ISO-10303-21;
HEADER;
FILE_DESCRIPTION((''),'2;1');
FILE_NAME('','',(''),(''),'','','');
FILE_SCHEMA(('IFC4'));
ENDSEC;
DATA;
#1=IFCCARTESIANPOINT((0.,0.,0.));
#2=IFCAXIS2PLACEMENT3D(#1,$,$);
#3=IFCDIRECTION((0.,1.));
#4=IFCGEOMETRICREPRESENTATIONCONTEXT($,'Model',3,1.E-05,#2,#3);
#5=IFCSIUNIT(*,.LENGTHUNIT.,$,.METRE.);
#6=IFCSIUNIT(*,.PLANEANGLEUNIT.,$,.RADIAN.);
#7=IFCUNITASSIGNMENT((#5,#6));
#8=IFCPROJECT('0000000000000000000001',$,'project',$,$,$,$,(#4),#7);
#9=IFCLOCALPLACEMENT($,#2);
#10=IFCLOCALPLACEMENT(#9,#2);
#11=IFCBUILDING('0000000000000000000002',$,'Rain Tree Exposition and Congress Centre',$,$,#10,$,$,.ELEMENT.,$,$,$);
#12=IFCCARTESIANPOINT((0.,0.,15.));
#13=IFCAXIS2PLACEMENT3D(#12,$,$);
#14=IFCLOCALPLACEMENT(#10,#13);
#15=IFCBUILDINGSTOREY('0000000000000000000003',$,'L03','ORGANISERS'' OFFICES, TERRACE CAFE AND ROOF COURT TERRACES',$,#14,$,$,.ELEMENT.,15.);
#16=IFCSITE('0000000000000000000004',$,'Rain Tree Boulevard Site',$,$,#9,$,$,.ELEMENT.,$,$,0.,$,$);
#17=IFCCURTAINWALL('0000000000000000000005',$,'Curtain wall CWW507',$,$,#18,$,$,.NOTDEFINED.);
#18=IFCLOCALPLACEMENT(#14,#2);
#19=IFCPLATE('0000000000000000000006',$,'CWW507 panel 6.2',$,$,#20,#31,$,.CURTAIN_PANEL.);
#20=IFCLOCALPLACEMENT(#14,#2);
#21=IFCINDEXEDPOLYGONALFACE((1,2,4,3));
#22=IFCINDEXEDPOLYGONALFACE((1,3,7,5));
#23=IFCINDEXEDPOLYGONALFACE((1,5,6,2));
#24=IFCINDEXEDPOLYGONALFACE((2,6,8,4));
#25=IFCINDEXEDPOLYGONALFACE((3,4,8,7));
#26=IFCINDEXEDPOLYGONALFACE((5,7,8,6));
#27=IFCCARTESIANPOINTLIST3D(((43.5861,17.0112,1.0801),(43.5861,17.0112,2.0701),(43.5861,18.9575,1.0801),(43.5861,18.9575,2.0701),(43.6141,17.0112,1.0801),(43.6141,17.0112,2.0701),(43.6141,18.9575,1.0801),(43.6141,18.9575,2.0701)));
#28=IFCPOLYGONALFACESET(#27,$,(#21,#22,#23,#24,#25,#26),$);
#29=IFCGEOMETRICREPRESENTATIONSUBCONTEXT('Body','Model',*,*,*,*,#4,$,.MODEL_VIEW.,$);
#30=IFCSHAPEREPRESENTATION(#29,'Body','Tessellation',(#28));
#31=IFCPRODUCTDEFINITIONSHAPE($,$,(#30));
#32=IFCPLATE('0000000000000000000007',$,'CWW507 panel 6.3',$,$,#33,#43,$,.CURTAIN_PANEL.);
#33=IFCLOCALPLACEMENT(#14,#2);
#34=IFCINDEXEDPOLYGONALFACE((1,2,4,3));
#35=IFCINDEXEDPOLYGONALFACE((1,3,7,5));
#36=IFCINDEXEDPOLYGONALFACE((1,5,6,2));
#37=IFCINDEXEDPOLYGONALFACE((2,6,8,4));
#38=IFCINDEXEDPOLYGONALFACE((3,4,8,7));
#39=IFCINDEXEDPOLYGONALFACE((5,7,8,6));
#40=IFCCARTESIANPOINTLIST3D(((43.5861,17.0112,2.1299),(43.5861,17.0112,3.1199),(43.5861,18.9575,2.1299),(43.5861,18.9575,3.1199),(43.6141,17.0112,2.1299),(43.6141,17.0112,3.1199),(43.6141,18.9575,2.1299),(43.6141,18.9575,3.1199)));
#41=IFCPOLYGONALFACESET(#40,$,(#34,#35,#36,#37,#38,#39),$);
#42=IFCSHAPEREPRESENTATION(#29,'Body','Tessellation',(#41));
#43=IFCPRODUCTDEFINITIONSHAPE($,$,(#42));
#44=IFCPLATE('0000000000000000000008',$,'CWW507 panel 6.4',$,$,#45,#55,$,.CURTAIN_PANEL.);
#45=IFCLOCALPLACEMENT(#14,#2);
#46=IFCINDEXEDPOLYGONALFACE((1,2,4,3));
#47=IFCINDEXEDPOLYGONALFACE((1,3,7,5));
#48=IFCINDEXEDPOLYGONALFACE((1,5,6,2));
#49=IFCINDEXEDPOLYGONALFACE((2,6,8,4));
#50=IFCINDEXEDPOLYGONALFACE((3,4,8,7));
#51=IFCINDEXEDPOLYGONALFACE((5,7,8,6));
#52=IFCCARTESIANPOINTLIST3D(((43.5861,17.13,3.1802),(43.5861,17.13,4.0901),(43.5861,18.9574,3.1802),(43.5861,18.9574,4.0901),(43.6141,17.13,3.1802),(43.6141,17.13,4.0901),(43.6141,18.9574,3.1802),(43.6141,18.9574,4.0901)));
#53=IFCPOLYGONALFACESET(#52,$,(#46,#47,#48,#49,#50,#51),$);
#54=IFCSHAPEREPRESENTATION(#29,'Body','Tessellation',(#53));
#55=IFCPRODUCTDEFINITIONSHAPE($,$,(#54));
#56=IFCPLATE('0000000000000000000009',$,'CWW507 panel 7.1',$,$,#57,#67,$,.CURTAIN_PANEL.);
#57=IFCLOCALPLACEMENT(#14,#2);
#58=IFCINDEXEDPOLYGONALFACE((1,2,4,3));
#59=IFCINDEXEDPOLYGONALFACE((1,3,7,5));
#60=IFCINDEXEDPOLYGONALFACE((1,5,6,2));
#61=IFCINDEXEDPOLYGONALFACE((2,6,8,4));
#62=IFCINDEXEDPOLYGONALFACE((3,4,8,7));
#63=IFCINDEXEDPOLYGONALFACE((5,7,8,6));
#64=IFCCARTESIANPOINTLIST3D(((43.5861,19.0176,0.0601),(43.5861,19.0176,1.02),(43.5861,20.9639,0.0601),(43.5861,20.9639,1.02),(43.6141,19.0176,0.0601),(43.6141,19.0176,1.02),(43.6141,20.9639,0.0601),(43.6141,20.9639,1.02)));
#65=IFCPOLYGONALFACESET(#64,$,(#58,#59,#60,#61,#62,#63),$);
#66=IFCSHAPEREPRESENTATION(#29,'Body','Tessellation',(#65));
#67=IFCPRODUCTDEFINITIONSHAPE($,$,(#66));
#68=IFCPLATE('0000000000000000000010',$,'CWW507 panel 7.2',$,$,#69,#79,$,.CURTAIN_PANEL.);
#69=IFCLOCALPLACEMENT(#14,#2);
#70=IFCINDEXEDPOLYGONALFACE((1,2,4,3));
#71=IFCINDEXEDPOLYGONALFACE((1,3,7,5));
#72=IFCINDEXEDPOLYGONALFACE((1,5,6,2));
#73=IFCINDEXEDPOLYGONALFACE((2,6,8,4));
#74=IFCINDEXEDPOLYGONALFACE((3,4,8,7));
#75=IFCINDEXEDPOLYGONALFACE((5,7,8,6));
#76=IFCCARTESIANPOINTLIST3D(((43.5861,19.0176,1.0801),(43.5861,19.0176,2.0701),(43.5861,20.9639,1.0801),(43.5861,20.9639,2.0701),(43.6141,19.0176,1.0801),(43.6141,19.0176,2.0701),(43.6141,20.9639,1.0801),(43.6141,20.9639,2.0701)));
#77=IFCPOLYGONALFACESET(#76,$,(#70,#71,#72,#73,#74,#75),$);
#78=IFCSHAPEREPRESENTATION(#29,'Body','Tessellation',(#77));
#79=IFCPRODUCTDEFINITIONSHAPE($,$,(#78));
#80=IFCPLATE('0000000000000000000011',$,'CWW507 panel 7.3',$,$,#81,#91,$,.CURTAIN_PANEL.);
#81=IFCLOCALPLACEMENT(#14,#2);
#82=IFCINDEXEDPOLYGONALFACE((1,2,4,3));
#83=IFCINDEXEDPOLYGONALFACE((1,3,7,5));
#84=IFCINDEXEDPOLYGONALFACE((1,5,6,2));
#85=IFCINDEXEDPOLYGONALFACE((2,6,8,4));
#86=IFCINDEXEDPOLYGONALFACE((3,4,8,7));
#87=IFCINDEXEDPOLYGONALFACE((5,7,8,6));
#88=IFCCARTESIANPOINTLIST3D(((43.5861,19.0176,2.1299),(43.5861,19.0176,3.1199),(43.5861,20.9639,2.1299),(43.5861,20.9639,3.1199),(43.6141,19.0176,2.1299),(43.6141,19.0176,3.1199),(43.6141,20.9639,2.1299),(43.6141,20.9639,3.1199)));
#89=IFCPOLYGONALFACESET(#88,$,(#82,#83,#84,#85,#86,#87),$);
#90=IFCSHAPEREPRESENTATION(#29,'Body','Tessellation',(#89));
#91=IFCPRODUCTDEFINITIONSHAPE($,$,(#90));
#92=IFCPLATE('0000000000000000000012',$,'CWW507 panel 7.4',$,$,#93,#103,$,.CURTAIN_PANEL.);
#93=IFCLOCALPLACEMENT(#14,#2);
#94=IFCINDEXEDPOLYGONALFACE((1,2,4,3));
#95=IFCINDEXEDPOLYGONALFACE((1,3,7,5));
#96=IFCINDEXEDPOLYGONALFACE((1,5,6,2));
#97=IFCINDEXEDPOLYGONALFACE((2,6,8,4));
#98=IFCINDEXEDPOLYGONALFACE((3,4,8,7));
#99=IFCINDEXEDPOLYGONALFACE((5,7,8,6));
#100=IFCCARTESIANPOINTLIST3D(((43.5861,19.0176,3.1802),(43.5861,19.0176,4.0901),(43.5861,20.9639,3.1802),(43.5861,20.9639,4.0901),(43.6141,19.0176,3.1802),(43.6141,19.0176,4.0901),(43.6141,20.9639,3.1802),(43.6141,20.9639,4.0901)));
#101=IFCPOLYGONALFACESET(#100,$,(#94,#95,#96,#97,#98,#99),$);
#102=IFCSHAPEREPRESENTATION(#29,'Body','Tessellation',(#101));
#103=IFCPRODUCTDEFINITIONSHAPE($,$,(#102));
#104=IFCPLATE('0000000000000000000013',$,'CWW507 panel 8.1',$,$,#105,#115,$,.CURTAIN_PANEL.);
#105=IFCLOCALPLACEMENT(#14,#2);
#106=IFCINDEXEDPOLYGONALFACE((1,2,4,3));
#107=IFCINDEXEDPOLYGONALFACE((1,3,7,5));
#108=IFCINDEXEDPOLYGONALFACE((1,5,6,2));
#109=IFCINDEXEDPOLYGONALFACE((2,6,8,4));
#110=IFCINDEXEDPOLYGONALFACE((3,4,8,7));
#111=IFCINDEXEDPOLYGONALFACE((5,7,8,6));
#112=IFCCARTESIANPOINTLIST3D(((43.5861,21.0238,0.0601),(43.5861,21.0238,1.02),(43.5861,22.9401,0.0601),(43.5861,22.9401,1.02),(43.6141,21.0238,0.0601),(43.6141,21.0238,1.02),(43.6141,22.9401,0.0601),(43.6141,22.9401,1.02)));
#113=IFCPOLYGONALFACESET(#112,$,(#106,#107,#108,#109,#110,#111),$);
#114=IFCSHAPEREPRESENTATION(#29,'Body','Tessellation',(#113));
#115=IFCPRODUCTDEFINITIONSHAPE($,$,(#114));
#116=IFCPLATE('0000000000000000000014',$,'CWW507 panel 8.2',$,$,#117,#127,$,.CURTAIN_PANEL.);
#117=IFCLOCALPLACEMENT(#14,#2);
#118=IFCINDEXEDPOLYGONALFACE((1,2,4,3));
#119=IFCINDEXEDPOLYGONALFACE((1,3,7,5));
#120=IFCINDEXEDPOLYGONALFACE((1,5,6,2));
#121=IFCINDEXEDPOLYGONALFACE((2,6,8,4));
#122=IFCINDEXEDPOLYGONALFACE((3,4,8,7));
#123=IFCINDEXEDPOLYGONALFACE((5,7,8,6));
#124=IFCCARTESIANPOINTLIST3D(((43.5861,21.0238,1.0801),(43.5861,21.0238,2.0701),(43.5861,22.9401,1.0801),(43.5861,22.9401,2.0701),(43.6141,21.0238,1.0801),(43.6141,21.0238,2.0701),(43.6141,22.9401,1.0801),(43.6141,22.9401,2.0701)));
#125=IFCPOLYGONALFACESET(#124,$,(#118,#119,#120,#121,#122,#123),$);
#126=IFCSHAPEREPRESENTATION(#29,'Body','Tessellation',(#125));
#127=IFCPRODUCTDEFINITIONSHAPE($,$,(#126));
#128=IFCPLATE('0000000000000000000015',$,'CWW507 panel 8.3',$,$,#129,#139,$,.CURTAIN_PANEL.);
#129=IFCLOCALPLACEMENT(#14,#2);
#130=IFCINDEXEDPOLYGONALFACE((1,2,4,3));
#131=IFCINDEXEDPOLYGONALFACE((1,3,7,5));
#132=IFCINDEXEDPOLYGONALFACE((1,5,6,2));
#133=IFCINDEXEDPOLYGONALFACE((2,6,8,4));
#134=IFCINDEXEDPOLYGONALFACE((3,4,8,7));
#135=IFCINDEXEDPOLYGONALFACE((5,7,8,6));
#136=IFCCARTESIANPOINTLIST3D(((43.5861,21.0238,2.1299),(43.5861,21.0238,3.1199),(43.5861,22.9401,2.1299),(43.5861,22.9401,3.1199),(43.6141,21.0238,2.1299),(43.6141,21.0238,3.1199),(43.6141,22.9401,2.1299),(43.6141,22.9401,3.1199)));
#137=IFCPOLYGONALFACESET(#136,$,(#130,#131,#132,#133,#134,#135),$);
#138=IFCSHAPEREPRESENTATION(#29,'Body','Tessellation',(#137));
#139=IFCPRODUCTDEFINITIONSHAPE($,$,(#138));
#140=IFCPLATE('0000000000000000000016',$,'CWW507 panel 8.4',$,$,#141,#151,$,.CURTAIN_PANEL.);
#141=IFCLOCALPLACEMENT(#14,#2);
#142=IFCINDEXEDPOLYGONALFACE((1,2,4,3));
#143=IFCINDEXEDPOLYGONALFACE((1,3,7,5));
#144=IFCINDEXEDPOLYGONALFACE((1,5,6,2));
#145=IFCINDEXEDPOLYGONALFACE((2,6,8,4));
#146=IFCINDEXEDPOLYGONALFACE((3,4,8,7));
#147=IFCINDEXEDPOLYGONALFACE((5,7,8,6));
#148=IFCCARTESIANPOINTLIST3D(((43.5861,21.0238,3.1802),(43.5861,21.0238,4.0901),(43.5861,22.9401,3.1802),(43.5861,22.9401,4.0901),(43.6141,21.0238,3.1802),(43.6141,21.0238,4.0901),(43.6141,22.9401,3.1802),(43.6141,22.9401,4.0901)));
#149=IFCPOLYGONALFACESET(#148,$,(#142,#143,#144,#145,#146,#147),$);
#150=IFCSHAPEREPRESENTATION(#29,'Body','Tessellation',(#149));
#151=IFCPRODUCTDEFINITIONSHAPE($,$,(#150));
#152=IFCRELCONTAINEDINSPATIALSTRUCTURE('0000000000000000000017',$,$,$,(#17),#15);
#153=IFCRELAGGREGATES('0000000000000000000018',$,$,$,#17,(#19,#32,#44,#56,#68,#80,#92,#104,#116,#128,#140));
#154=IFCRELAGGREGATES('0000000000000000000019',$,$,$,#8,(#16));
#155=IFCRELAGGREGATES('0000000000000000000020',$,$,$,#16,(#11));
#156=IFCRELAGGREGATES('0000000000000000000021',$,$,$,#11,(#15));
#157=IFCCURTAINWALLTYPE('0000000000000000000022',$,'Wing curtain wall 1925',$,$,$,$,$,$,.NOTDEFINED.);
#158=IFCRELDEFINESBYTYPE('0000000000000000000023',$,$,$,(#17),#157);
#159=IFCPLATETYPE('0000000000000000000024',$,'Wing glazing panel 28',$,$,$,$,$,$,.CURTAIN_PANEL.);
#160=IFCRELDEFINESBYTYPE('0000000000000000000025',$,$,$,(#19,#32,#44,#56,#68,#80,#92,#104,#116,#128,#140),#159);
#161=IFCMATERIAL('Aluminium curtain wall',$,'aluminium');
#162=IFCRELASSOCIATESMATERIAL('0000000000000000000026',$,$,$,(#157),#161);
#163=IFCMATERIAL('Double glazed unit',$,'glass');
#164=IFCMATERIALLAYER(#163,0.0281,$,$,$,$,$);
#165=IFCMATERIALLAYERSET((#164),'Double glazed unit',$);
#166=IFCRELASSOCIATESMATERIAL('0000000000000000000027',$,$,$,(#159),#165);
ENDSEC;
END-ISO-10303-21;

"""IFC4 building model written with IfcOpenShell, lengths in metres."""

from ifc_helpers import new_model, si_unit, direction, frame, origin, origin_2d, place, context, subcontext, project, spatial, rectangle, extrude, material, layer, layer_set, type_object, element, aggregate, save


model = new_model("IFC4")

# Units and contexts
model_context = context("Model", 3, precision=1e-05, world=origin(), true_north=direction((0.0, 1.0)))
body_context = subcontext(model_context, "Body", "Model", "MODEL_VIEW")
ifc_project = project(units=[si_unit("LENGTHUNIT", "METRE"), si_unit("PLANEANGLEUNIT", "RADIAN")], contexts=[model_context])

# Site, building, storey
site_placement = place(None, origin())
site = spatial("IfcSite", under=ifc_project, at=site_placement, Name="Rain Tree Boulevard Site", CompositionType="ELEMENT", RefElevation=0.0)
building_placement = place(site_placement, origin())
building = spatial("IfcBuilding", under=site, at=building_placement, Name="Rain Tree Exposition and Congress Centre", CompositionType="ELEMENT")
storey_placement = place(building_placement, frame((0.0, 0.0, 15.0)))
storey = spatial("IfcBuildingStorey", under=building, at=storey_placement, Name="L03", Description="ORGANISERS' OFFICES, TERRACE CAFE AND ROOF COURT TERRACES", CompositionType="ELEMENT", Elevation=15.0)

# Curtain wall
ifc_material_1 = material(Name="Aluminium curtain wall", Category="aluminium")
curtain_wall_type = type_object("IfcCurtainWallType", Name="Wing curtain wall 1925", PredefinedType="NOTDEFINED", material=ifc_material_1)
curtain_wall_1_placement = place(storey_placement, origin())
curtain_wall_1 = element("IfcCurtainWall", 1, at=curtain_wall_1_placement, inside=storey, type_object=curtain_wall_type, Name="Curtain wall CWW507", PredefinedType="NOTDEFINED")

# Plates
ifc_material_2 = material(Name="Double glazed unit", Category="glass")
ifc_layer = layer(ifc_material_2, 0.0281)
ifc_layer_set = layer_set([ifc_layer], Name="Double glazed unit")
plate_type = type_object("IfcPlateType", Name="Wing glazing panel 28", PredefinedType="CURTAIN_PANEL", material=ifc_layer_set)
plate_1_placement = place(storey_placement, frame((43.6001, 17.9844, 1.0801), z_axis=(0.0, 0.0, 1.0), x_axis=(0.0, 1.0, 0.0)))
plate_1 = element("IfcPlate", 2, at=plate_1_placement, type_object=plate_type, Name="CWW507 panel 6.2", PredefinedType="CURTAIN_PANEL", context=body_context, shape_type="SweptSolid", body=[
    extrude(rectangle(XDim=1.9463, YDim=0.0281, at=origin_2d()), origin(), (0.0, 0.0, 1.0), 0.99),
])
plate_2_placement = place(storey_placement, frame((43.6001, 17.9844, 2.1299), z_axis=(0.0, 0.0, 1.0), x_axis=(0.0, 1.0, 0.0)))
plate_2 = element("IfcPlate", 3, at=plate_2_placement, type_object=plate_type, Name="CWW507 panel 6.3", PredefinedType="CURTAIN_PANEL", context=body_context, shape_type="SweptSolid", body=[
    extrude(rectangle(XDim=1.9463, YDim=0.0281, at=origin_2d()), origin(), (0.0, 0.0, 1.0), 0.99),
])
plate_3_placement = place(storey_placement, frame((43.6001, 18.0437, 3.1802), z_axis=(0.0, 0.0, 1.0), x_axis=(0.0, 1.0, 0.0)))
plate_3 = element("IfcPlate", 4, at=plate_3_placement, type_object=plate_type, Name="CWW507 panel 6.4", PredefinedType="CURTAIN_PANEL", context=body_context, shape_type="SweptSolid", body=[
    extrude(rectangle(XDim=1.8274, YDim=0.0281, at=origin_2d()), origin(), (0.0, 0.0, 1.0), 0.9099),
])
plate_4_placement = place(storey_placement, frame((43.6001, 19.9907, 0.0601), z_axis=(0.0, 0.0, 1.0), x_axis=(0.0, 1.0, 0.0)))
plate_4 = element("IfcPlate", 5, at=plate_4_placement, type_object=plate_type, Name="CWW507 panel 7.1", PredefinedType="CURTAIN_PANEL", context=body_context, shape_type="SweptSolid", body=[
    extrude(rectangle(XDim=1.9463, YDim=0.0281, at=origin_2d()), origin(), (0.0, 0.0, 1.0), 0.96),
])
plate_5_placement = place(storey_placement, frame((43.6001, 19.9907, 1.0801), z_axis=(0.0, 0.0, 1.0), x_axis=(0.0, 1.0, 0.0)))
plate_5 = element("IfcPlate", 6, at=plate_5_placement, type_object=plate_type, Name="CWW507 panel 7.2", PredefinedType="CURTAIN_PANEL", context=body_context, shape_type="SweptSolid", body=[
    extrude(rectangle(XDim=1.9463, YDim=0.0281, at=origin_2d()), origin(), (0.0, 0.0, 1.0), 0.99),
])
plate_6_placement = place(storey_placement, frame((43.6001, 19.9907, 2.1299), z_axis=(0.0, 0.0, 1.0), x_axis=(0.0, 1.0, 0.0)))
plate_6 = element("IfcPlate", 7, at=plate_6_placement, type_object=plate_type, Name="CWW507 panel 7.3", PredefinedType="CURTAIN_PANEL", context=body_context, shape_type="SweptSolid", body=[
    extrude(rectangle(XDim=1.9463, YDim=0.0281, at=origin_2d()), origin(), (0.0, 0.0, 1.0), 0.99),
])
plate_7_placement = place(storey_placement, frame((43.6001, 19.9907, 3.1802), z_axis=(0.0, 0.0, 1.0), x_axis=(0.0, 1.0, 0.0)))
plate_7 = element("IfcPlate", 8, at=plate_7_placement, type_object=plate_type, Name="CWW507 panel 7.4", PredefinedType="CURTAIN_PANEL", context=body_context, shape_type="SweptSolid", body=[
    extrude(rectangle(XDim=1.9463, YDim=0.0281, at=origin_2d()), origin(), (0.0, 0.0, 1.0), 0.9099),
])
plate_8_placement = place(storey_placement, frame((43.6001, 21.9819, 0.0601), z_axis=(0.0, 0.0, 1.0), x_axis=(0.0, 1.0, 0.0)))
plate_8 = element("IfcPlate", 9, at=plate_8_placement, type_object=plate_type, Name="CWW507 panel 8.1", PredefinedType="CURTAIN_PANEL", context=body_context, shape_type="SweptSolid", body=[
    extrude(rectangle(XDim=1.9163, YDim=0.0281, at=origin_2d()), origin(), (0.0, 0.0, 1.0), 0.96),
])
plate_9_placement = place(storey_placement, frame((43.6001, 21.9819, 1.0801), z_axis=(0.0, 0.0, 1.0), x_axis=(0.0, 1.0, 0.0)))
plate_9 = element("IfcPlate", 10, at=plate_9_placement, type_object=plate_type, Name="CWW507 panel 8.2", PredefinedType="CURTAIN_PANEL", context=body_context, shape_type="SweptSolid", body=[
    extrude(rectangle(XDim=1.9163, YDim=0.0281, at=origin_2d()), origin(), (0.0, 0.0, 1.0), 0.99),
])
plate_10_placement = place(storey_placement, frame((43.6001, 21.9819, 2.1299), z_axis=(0.0, 0.0, 1.0), x_axis=(0.0, 1.0, 0.0)))
plate_10 = element("IfcPlate", 11, at=plate_10_placement, type_object=plate_type, Name="CWW507 panel 8.3", PredefinedType="CURTAIN_PANEL", context=body_context, shape_type="SweptSolid", body=[
    extrude(rectangle(XDim=1.9163, YDim=0.0281, at=origin_2d()), origin(), (0.0, 0.0, 1.0), 0.99),
])
plate_11_placement = place(storey_placement, frame((43.6001, 21.9819, 3.1802), z_axis=(0.0, 0.0, 1.0), x_axis=(0.0, 1.0, 0.0)))
plate_11 = element("IfcPlate", 12, at=plate_11_placement, type_object=plate_type, Name="CWW507 panel 8.4", PredefinedType="CURTAIN_PANEL", context=body_context, shape_type="SweptSolid", body=[
    extrude(rectangle(XDim=1.9163, YDim=0.0281, at=origin_2d()), origin(), (0.0, 0.0, 1.0), 0.9099),
])
aggregate(curtain_wall_1, [plate_1, plate_2, plate_3, plate_4, plate_5, plate_6, plate_7, plate_8, plate_9, plate_10, plate_11])

save(model, "model.ifc")
